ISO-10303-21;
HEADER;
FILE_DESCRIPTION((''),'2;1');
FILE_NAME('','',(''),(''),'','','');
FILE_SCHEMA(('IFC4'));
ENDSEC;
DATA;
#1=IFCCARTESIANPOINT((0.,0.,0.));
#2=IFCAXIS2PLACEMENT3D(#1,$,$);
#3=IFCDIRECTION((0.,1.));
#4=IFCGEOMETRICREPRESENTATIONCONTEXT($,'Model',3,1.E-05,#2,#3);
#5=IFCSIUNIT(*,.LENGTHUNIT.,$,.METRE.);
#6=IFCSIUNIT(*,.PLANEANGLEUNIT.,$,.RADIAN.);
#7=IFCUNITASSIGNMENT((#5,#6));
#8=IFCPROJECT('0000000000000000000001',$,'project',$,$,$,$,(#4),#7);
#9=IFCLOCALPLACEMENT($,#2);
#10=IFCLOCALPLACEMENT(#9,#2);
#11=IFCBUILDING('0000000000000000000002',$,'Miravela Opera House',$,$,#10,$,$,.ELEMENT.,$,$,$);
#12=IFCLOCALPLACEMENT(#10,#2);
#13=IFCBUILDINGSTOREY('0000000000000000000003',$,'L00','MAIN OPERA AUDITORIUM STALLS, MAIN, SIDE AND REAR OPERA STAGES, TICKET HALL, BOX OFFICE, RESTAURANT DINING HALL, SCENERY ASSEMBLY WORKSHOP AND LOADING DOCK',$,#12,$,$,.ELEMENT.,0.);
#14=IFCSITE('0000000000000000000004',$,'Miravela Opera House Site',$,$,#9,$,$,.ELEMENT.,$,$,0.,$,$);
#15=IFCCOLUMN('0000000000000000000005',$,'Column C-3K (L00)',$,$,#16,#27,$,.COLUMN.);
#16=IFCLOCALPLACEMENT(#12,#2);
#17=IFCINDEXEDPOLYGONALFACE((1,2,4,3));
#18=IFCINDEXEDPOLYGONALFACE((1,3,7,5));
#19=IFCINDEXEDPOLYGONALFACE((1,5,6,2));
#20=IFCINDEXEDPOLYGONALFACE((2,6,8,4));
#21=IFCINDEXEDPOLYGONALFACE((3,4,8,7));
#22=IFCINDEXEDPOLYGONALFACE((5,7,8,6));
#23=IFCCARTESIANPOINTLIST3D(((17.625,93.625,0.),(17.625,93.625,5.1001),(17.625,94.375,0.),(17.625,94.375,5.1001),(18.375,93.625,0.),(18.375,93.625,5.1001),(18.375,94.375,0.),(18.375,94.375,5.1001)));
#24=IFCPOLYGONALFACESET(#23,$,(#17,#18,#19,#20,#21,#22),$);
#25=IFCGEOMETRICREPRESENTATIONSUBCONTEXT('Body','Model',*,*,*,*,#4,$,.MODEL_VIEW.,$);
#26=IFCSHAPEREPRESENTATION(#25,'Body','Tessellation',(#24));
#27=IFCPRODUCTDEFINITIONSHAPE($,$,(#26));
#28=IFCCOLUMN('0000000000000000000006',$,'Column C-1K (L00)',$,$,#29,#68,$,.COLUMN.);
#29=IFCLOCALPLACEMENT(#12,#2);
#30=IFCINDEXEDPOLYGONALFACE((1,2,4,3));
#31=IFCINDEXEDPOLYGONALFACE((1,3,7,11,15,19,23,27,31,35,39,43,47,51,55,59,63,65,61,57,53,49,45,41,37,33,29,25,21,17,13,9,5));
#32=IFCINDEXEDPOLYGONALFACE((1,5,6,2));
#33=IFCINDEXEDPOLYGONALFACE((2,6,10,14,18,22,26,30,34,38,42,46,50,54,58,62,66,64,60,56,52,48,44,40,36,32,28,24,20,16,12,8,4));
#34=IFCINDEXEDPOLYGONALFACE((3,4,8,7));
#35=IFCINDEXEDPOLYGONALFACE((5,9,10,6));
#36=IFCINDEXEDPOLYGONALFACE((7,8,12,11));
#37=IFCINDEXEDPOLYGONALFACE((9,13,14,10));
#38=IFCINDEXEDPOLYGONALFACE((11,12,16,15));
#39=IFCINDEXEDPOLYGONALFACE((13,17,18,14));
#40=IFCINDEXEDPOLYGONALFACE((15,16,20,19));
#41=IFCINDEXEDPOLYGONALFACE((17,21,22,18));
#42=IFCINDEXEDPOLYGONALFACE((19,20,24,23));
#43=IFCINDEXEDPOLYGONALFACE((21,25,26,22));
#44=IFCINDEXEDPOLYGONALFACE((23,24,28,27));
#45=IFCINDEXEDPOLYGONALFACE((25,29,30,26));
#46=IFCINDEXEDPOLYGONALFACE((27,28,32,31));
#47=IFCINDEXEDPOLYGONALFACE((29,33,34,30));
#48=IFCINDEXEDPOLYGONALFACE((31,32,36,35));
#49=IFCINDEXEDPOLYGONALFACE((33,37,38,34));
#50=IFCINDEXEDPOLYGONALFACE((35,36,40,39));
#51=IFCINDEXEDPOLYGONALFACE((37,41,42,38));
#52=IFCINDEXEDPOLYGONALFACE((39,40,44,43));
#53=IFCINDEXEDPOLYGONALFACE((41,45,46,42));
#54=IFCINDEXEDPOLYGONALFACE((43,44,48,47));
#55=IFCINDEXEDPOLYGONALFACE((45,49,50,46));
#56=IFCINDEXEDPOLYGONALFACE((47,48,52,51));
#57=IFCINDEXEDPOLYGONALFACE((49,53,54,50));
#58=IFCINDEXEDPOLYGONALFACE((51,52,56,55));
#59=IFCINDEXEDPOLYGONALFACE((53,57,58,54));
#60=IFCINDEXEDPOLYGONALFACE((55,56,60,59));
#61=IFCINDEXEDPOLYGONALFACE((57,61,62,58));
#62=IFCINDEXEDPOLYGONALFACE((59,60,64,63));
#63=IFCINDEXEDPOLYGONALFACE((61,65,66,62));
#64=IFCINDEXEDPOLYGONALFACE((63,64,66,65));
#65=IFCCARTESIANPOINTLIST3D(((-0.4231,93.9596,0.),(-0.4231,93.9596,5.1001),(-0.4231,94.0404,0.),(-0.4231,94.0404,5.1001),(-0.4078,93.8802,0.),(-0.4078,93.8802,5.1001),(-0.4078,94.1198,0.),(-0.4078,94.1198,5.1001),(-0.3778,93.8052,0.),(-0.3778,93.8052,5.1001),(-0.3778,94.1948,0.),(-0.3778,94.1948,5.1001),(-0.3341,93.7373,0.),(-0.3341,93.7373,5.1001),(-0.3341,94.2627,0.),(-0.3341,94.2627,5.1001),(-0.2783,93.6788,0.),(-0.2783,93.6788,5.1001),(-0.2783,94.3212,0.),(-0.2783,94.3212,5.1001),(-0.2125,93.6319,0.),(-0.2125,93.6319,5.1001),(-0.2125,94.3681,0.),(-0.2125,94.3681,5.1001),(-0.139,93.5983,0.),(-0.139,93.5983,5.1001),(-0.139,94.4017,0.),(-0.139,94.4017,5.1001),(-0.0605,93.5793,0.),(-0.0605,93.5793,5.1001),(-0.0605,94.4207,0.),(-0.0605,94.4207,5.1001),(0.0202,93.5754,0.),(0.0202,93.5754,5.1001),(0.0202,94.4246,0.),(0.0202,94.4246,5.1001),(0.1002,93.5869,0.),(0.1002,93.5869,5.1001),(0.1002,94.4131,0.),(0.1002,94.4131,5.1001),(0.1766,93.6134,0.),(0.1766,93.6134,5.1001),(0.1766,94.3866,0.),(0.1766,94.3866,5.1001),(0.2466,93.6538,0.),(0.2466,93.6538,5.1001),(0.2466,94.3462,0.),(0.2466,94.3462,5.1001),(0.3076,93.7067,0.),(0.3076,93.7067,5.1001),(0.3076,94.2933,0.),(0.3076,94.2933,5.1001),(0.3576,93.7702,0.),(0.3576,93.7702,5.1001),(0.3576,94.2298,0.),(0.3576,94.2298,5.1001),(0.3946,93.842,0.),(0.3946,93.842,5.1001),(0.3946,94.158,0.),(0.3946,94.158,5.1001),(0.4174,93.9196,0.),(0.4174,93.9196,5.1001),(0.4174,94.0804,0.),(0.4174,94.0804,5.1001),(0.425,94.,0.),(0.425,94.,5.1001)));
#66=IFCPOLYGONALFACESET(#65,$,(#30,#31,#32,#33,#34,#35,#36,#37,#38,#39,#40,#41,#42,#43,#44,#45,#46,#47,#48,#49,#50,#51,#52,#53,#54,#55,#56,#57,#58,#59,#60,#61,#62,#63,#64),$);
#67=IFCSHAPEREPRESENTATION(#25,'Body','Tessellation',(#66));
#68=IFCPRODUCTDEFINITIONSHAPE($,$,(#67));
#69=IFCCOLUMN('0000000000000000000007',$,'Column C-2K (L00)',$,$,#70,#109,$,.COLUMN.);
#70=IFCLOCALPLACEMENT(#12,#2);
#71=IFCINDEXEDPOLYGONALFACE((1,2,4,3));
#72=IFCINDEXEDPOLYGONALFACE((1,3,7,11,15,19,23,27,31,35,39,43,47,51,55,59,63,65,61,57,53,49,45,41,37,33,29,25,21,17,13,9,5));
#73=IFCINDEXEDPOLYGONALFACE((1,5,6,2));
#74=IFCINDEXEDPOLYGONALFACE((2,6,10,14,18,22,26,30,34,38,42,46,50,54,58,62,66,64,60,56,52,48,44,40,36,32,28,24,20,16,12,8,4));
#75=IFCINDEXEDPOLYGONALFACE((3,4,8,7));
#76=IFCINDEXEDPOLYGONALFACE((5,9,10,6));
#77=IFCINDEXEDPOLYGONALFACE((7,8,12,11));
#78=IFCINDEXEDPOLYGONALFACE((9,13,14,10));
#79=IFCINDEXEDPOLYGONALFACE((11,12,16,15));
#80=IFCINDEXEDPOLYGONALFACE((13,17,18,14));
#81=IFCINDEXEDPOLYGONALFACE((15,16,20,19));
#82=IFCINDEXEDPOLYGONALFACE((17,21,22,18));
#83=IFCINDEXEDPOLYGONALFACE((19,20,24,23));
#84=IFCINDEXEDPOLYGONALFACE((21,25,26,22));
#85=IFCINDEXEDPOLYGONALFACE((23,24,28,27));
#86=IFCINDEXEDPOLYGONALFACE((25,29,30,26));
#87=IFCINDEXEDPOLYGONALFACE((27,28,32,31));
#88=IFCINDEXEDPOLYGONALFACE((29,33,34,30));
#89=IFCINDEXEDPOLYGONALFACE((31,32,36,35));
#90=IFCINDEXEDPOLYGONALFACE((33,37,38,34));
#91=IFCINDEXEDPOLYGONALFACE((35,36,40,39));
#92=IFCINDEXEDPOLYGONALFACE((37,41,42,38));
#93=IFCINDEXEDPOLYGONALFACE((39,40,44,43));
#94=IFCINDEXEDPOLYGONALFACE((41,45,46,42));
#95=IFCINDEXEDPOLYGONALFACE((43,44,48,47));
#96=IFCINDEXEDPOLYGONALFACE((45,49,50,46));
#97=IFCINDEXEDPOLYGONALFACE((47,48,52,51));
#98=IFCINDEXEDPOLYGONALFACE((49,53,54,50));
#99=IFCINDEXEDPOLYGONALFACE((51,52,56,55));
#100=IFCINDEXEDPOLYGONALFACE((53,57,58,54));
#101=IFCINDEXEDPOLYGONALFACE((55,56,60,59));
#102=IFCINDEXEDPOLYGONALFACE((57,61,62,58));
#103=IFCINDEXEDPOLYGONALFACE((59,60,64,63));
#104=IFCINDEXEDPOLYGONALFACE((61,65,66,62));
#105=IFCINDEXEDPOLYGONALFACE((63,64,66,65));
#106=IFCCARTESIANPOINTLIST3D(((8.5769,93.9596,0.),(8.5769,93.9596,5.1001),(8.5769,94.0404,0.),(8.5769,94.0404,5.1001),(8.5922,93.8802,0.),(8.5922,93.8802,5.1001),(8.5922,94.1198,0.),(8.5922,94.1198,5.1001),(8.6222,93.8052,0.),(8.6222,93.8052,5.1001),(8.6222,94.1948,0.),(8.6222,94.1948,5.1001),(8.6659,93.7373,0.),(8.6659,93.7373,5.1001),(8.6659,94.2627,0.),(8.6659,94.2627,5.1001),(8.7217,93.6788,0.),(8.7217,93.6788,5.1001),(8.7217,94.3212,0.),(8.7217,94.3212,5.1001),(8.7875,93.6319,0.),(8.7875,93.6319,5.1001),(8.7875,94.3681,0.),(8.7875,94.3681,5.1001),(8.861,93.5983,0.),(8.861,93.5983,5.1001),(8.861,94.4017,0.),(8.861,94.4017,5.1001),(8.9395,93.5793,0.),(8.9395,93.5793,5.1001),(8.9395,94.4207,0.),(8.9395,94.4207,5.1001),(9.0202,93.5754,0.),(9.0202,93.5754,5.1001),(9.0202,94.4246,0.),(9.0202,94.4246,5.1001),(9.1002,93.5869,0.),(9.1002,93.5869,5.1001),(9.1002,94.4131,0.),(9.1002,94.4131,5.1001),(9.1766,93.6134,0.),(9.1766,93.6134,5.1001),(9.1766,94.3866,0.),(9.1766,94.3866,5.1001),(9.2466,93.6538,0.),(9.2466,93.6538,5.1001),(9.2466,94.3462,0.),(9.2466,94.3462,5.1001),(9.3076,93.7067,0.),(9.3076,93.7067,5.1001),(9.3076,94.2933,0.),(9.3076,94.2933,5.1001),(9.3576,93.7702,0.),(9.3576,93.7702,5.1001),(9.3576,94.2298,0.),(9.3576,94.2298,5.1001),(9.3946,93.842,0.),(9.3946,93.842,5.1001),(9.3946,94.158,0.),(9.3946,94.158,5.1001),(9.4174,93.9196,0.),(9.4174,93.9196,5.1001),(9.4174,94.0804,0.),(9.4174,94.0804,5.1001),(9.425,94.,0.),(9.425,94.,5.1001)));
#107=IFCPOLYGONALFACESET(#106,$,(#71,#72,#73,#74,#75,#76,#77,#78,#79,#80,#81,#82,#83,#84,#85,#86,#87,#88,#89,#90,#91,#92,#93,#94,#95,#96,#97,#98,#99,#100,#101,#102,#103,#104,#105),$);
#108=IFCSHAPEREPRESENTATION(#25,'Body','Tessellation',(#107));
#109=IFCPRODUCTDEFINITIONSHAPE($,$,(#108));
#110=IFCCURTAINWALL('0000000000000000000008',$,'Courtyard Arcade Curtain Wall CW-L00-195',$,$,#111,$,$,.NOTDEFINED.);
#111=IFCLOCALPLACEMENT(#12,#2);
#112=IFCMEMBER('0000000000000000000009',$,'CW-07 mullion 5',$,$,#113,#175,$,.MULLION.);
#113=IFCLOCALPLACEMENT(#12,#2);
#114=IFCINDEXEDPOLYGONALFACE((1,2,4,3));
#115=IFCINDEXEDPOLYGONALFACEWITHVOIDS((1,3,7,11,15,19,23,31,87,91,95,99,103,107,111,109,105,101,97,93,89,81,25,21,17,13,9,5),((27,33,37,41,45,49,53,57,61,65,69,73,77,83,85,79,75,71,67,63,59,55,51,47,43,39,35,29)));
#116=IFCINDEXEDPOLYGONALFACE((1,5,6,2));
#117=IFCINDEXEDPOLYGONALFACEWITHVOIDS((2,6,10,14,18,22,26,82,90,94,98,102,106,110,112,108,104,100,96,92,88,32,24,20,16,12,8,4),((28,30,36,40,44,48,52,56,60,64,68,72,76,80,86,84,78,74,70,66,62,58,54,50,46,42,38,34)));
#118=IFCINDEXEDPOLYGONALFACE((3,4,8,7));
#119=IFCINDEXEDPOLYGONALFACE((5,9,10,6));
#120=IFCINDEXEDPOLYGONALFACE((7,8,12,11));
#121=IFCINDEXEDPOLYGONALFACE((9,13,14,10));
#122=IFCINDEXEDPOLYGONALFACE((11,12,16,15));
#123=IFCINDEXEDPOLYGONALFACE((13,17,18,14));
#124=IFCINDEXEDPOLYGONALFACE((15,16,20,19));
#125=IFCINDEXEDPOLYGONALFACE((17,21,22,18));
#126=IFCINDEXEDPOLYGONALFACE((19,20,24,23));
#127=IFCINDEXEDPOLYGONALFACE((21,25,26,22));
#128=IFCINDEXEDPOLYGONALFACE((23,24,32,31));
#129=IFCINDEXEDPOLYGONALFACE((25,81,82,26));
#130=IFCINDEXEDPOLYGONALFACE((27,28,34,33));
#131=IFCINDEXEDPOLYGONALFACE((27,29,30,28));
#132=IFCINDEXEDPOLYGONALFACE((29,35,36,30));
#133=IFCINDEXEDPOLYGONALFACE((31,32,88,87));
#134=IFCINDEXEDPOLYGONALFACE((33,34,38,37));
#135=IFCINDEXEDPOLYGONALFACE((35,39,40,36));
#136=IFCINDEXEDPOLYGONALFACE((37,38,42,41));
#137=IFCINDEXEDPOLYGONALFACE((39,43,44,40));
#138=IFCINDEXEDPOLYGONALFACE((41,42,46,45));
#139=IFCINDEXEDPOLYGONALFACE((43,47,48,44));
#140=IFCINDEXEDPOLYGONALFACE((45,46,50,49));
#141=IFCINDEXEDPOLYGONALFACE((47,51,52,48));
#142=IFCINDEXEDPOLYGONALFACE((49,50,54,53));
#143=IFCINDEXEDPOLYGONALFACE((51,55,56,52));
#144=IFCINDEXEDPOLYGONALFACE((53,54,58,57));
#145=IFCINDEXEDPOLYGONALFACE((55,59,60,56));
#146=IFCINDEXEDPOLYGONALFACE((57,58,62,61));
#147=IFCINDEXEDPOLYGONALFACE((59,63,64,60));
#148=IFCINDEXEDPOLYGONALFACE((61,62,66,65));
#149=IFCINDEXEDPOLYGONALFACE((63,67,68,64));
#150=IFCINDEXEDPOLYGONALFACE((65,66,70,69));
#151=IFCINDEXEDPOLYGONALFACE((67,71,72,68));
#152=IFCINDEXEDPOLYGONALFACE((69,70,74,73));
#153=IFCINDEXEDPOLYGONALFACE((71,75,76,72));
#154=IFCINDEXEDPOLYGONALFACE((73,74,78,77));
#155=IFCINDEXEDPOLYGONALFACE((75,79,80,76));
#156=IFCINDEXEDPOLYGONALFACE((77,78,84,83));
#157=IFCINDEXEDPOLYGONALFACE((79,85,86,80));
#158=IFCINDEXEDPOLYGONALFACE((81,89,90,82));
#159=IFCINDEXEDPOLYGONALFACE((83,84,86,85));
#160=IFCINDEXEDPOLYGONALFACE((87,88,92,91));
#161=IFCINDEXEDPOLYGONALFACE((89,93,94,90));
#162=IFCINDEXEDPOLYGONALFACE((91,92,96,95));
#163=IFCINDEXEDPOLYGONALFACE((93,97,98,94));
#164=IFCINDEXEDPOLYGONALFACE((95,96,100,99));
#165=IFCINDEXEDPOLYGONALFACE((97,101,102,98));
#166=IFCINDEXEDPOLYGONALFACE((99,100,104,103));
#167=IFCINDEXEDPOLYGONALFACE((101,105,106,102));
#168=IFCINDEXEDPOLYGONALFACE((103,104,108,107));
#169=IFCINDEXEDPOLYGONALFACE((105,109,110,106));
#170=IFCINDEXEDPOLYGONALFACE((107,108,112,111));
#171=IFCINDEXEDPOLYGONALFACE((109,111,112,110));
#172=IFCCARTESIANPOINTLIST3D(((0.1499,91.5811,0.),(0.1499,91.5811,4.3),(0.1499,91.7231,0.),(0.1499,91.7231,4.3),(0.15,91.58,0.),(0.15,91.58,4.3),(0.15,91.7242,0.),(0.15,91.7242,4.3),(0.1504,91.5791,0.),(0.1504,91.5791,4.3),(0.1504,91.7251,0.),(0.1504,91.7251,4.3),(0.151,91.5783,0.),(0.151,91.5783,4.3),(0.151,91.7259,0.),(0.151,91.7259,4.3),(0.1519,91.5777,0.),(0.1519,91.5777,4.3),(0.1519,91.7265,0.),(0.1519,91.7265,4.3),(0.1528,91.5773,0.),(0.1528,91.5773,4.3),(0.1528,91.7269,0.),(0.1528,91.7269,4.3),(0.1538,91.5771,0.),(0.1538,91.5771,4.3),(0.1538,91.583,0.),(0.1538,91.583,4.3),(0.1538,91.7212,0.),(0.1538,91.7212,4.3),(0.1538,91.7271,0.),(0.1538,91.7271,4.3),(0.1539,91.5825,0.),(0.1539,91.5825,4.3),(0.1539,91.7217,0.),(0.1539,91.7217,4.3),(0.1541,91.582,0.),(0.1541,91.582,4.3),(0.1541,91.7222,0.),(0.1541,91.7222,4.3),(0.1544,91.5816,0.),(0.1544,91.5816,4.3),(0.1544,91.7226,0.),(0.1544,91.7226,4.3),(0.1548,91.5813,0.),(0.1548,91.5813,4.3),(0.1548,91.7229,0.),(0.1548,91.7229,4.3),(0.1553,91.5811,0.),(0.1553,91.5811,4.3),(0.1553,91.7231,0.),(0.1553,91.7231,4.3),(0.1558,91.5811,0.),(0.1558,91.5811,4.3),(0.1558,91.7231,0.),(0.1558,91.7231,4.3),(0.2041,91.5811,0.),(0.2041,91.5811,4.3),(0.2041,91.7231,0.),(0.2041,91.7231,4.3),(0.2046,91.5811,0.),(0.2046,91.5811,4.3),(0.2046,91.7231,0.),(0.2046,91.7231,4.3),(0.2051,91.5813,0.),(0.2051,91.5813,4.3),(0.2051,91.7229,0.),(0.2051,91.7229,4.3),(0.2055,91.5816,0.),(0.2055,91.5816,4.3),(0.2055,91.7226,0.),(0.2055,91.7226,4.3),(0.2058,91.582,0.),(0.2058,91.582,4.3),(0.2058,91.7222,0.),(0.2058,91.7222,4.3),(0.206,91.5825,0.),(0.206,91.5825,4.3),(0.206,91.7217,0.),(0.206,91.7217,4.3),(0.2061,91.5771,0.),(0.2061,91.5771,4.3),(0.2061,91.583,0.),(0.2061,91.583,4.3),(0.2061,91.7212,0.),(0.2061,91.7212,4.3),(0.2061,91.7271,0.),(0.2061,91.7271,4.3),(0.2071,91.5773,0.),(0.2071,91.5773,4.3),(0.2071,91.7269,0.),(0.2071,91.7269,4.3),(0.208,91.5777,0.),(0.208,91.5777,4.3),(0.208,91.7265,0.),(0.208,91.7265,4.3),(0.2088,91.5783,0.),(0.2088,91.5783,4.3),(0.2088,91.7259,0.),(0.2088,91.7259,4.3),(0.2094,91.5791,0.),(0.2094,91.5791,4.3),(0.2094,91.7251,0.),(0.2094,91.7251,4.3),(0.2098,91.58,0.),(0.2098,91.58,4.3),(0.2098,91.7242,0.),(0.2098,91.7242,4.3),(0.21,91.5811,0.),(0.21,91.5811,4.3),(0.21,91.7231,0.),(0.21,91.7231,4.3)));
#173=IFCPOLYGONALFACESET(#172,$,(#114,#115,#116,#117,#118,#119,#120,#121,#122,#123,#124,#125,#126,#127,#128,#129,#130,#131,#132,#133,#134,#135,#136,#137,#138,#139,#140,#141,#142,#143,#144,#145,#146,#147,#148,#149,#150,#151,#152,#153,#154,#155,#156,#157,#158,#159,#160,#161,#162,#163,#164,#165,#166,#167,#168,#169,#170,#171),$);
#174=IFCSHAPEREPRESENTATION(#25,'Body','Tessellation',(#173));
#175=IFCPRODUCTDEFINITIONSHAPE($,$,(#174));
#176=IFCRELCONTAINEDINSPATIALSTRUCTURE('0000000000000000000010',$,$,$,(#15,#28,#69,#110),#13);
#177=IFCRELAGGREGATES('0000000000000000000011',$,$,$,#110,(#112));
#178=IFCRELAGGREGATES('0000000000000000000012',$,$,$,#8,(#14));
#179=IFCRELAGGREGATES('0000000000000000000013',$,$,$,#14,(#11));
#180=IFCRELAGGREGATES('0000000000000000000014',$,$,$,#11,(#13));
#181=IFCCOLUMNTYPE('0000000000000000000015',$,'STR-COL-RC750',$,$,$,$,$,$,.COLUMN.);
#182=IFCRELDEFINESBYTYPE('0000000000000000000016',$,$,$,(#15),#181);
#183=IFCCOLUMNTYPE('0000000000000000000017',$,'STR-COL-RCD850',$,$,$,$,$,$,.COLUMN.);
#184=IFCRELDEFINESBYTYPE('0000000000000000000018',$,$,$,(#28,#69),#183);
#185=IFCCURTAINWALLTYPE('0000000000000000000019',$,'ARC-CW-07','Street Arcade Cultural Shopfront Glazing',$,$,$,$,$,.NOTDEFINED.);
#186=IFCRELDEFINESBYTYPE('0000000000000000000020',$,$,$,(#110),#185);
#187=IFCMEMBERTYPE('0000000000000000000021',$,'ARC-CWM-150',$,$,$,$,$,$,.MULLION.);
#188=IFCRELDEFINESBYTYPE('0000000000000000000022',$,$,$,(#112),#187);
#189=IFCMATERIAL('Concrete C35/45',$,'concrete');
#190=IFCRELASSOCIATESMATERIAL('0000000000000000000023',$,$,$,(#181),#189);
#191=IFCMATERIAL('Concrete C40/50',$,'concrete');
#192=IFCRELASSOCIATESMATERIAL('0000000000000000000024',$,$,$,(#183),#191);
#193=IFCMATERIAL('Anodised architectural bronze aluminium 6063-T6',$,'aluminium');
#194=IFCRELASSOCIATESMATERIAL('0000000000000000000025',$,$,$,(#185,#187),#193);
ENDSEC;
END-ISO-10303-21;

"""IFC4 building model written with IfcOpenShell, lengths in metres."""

from ifc_helpers import new_model, si_unit, direction, frame, origin, origin_2d, place, context, subcontext, project, spatial, rectangle, hollow_rectangle, circle, extrude, material, material_profile, profile_set, type_object, element, aggregate, save


model = new_model("IFC4")

# Units and contexts
model_context = context("Model", 3, precision=1e-05, world=origin(), true_north=direction((0.0, 1.0)))
body_context = subcontext(model_context, "Body", "Model", "MODEL_VIEW")
ifc_project = project(units=[si_unit("LENGTHUNIT", "METRE"), si_unit("PLANEANGLEUNIT", "RADIAN")], contexts=[model_context])

# Site, building, storey
site_placement = place(None, origin())
site = spatial("IfcSite", under=ifc_project, at=site_placement, Name="Miravela Opera House Site", CompositionType="ELEMENT", RefElevation=0.0)
building_placement = place(site_placement, origin())
building = spatial("IfcBuilding", under=site, at=building_placement, Name="Miravela Opera House", CompositionType="ELEMENT")
storey_placement = place(building_placement, origin())
storey = spatial("IfcBuildingStorey", under=building, at=storey_placement, Name="L00", Description="MAIN OPERA AUDITORIUM STALLS, MAIN, SIDE AND REAR OPERA STAGES, TICKET HALL, BOX OFFICE, RESTAURANT DINING HALL, SCENERY ASSEMBLY WORKSHOP AND LOADING DOCK", CompositionType="ELEMENT", Elevation=0.0)

# Columns
ifc_material_1 = material(Name="Concrete C35/45", Category="concrete")
ifc_material_profile_1 = material_profile(ifc_material_1, rectangle(XDim=0.75, YDim=0.75, at=origin_2d()), Name="RC-COL-750X750")
ifc_profile_set_1 = profile_set([ifc_material_profile_1])
column_type_1 = type_object("IfcColumnType", Name="STR-COL-RC750", PredefinedType="COLUMN", material=ifc_profile_set_1)
column_placement = place(storey_placement, frame((18.0, 94.0, 0.0), z_axis=(0.0, 0.0, 1.0), x_axis=(1.0, 0.0, 0.0)))
element("IfcColumn", 1, at=column_placement, inside=storey, type_object=column_type_1, Name="Column C-3K (L00)", PredefinedType="COLUMN", context=body_context, shape_type="SweptSolid", body=[
    extrude(rectangle(XDim=0.75, YDim=0.75, at=origin_2d()), origin(), (0.0, 0.0, 1.0), 5.1001),
])
ifc_material_2 = material(Name="Concrete C40/50", Category="concrete")
ifc_material_profile_2 = material_profile(ifc_material_2, circle(Radius=0.425, at=origin_2d()), Name="RC-COL-D850")
ifc_profile_set_2 = profile_set([ifc_material_profile_2])
column_type_2 = type_object("IfcColumnType", Name="STR-COL-RCD850", PredefinedType="COLUMN", material=ifc_profile_set_2)
for number, where, z_axis, x_axis, name in (
    (2, (0.0, 94.0, 0.0), (0.0, 0.0, 1.0), (1.0, 0.0, 0.0), "Column C-1K (L00)"),
    (3, (9.0, 94.0, 0.0), (0.0, 0.0, 1.0), (1.0, 0.0, 0.0), "Column C-2K (L00)"),
):
    element("IfcColumn", number, at=place(storey_placement, frame(where, z_axis=z_axis, x_axis=x_axis)), inside=storey, type_object=column_type_2, Name=name, PredefinedType="COLUMN", context=body_context, shape_type="SweptSolid", body=[
        extrude(circle(Radius=0.425, at=origin_2d()), origin(), (0.0, 0.0, 1.0), 5.1001),
    ])

# Curtain wall, member
ifc_material_3 = material(Name="Anodised architectural bronze aluminium 6063-T6", Category="aluminium")
curtain_wall_type = type_object("IfcCurtainWallType", Name="ARC-CW-07", Description="Street Arcade Cultural Shopfront Glazing", PredefinedType="NOTDEFINED", material=ifc_material_3)
curtain_wall_placement = place(storey_placement, origin())
curtain_wall = element("IfcCurtainWall", 4, at=curtain_wall_placement, inside=storey, type_object=curtain_wall_type, Name="Courtyard Arcade Curtain Wall CW-L00-195", PredefinedType="NOTDEFINED")
ifc_material_profile_3 = material_profile(ifc_material_3, hollow_rectangle(XDim=0.0601, YDim=0.1499, WallThickness=0.0039, InnerFilletRadius=0.002, OuterFilletRadius=0.0039, at=origin_2d()), Name="CWM-60X150")
ifc_profile_set_3 = profile_set([ifc_material_profile_3])
member_type_1 = type_object("IfcMemberType", Name="ARC-CWM-150", PredefinedType="MULLION", material=ifc_profile_set_3)
member_1_placement = place(storey_placement, frame((0.1799, 91.6521, 0.0), z_axis=(0.0, 0.0, 1.0), x_axis=(-1.0, 0.0, 0.0)))
member_1 = element("IfcMember", 5, at=member_1_placement, type_object=member_type_1, Name="CW-07 mullion 5", PredefinedType="MULLION", context=body_context, shape_type="SweptSolid", body=[
    extrude(hollow_rectangle(XDim=0.0601, YDim=0.1499, WallThickness=0.0039, InnerFilletRadius=0.002, OuterFilletRadius=0.0039, at=origin_2d()), origin(), (0.0, 0.0, 1.0), 4.3),
])

aggregate(curtain_wall, [member_1])

save(model, "model.ifc")
